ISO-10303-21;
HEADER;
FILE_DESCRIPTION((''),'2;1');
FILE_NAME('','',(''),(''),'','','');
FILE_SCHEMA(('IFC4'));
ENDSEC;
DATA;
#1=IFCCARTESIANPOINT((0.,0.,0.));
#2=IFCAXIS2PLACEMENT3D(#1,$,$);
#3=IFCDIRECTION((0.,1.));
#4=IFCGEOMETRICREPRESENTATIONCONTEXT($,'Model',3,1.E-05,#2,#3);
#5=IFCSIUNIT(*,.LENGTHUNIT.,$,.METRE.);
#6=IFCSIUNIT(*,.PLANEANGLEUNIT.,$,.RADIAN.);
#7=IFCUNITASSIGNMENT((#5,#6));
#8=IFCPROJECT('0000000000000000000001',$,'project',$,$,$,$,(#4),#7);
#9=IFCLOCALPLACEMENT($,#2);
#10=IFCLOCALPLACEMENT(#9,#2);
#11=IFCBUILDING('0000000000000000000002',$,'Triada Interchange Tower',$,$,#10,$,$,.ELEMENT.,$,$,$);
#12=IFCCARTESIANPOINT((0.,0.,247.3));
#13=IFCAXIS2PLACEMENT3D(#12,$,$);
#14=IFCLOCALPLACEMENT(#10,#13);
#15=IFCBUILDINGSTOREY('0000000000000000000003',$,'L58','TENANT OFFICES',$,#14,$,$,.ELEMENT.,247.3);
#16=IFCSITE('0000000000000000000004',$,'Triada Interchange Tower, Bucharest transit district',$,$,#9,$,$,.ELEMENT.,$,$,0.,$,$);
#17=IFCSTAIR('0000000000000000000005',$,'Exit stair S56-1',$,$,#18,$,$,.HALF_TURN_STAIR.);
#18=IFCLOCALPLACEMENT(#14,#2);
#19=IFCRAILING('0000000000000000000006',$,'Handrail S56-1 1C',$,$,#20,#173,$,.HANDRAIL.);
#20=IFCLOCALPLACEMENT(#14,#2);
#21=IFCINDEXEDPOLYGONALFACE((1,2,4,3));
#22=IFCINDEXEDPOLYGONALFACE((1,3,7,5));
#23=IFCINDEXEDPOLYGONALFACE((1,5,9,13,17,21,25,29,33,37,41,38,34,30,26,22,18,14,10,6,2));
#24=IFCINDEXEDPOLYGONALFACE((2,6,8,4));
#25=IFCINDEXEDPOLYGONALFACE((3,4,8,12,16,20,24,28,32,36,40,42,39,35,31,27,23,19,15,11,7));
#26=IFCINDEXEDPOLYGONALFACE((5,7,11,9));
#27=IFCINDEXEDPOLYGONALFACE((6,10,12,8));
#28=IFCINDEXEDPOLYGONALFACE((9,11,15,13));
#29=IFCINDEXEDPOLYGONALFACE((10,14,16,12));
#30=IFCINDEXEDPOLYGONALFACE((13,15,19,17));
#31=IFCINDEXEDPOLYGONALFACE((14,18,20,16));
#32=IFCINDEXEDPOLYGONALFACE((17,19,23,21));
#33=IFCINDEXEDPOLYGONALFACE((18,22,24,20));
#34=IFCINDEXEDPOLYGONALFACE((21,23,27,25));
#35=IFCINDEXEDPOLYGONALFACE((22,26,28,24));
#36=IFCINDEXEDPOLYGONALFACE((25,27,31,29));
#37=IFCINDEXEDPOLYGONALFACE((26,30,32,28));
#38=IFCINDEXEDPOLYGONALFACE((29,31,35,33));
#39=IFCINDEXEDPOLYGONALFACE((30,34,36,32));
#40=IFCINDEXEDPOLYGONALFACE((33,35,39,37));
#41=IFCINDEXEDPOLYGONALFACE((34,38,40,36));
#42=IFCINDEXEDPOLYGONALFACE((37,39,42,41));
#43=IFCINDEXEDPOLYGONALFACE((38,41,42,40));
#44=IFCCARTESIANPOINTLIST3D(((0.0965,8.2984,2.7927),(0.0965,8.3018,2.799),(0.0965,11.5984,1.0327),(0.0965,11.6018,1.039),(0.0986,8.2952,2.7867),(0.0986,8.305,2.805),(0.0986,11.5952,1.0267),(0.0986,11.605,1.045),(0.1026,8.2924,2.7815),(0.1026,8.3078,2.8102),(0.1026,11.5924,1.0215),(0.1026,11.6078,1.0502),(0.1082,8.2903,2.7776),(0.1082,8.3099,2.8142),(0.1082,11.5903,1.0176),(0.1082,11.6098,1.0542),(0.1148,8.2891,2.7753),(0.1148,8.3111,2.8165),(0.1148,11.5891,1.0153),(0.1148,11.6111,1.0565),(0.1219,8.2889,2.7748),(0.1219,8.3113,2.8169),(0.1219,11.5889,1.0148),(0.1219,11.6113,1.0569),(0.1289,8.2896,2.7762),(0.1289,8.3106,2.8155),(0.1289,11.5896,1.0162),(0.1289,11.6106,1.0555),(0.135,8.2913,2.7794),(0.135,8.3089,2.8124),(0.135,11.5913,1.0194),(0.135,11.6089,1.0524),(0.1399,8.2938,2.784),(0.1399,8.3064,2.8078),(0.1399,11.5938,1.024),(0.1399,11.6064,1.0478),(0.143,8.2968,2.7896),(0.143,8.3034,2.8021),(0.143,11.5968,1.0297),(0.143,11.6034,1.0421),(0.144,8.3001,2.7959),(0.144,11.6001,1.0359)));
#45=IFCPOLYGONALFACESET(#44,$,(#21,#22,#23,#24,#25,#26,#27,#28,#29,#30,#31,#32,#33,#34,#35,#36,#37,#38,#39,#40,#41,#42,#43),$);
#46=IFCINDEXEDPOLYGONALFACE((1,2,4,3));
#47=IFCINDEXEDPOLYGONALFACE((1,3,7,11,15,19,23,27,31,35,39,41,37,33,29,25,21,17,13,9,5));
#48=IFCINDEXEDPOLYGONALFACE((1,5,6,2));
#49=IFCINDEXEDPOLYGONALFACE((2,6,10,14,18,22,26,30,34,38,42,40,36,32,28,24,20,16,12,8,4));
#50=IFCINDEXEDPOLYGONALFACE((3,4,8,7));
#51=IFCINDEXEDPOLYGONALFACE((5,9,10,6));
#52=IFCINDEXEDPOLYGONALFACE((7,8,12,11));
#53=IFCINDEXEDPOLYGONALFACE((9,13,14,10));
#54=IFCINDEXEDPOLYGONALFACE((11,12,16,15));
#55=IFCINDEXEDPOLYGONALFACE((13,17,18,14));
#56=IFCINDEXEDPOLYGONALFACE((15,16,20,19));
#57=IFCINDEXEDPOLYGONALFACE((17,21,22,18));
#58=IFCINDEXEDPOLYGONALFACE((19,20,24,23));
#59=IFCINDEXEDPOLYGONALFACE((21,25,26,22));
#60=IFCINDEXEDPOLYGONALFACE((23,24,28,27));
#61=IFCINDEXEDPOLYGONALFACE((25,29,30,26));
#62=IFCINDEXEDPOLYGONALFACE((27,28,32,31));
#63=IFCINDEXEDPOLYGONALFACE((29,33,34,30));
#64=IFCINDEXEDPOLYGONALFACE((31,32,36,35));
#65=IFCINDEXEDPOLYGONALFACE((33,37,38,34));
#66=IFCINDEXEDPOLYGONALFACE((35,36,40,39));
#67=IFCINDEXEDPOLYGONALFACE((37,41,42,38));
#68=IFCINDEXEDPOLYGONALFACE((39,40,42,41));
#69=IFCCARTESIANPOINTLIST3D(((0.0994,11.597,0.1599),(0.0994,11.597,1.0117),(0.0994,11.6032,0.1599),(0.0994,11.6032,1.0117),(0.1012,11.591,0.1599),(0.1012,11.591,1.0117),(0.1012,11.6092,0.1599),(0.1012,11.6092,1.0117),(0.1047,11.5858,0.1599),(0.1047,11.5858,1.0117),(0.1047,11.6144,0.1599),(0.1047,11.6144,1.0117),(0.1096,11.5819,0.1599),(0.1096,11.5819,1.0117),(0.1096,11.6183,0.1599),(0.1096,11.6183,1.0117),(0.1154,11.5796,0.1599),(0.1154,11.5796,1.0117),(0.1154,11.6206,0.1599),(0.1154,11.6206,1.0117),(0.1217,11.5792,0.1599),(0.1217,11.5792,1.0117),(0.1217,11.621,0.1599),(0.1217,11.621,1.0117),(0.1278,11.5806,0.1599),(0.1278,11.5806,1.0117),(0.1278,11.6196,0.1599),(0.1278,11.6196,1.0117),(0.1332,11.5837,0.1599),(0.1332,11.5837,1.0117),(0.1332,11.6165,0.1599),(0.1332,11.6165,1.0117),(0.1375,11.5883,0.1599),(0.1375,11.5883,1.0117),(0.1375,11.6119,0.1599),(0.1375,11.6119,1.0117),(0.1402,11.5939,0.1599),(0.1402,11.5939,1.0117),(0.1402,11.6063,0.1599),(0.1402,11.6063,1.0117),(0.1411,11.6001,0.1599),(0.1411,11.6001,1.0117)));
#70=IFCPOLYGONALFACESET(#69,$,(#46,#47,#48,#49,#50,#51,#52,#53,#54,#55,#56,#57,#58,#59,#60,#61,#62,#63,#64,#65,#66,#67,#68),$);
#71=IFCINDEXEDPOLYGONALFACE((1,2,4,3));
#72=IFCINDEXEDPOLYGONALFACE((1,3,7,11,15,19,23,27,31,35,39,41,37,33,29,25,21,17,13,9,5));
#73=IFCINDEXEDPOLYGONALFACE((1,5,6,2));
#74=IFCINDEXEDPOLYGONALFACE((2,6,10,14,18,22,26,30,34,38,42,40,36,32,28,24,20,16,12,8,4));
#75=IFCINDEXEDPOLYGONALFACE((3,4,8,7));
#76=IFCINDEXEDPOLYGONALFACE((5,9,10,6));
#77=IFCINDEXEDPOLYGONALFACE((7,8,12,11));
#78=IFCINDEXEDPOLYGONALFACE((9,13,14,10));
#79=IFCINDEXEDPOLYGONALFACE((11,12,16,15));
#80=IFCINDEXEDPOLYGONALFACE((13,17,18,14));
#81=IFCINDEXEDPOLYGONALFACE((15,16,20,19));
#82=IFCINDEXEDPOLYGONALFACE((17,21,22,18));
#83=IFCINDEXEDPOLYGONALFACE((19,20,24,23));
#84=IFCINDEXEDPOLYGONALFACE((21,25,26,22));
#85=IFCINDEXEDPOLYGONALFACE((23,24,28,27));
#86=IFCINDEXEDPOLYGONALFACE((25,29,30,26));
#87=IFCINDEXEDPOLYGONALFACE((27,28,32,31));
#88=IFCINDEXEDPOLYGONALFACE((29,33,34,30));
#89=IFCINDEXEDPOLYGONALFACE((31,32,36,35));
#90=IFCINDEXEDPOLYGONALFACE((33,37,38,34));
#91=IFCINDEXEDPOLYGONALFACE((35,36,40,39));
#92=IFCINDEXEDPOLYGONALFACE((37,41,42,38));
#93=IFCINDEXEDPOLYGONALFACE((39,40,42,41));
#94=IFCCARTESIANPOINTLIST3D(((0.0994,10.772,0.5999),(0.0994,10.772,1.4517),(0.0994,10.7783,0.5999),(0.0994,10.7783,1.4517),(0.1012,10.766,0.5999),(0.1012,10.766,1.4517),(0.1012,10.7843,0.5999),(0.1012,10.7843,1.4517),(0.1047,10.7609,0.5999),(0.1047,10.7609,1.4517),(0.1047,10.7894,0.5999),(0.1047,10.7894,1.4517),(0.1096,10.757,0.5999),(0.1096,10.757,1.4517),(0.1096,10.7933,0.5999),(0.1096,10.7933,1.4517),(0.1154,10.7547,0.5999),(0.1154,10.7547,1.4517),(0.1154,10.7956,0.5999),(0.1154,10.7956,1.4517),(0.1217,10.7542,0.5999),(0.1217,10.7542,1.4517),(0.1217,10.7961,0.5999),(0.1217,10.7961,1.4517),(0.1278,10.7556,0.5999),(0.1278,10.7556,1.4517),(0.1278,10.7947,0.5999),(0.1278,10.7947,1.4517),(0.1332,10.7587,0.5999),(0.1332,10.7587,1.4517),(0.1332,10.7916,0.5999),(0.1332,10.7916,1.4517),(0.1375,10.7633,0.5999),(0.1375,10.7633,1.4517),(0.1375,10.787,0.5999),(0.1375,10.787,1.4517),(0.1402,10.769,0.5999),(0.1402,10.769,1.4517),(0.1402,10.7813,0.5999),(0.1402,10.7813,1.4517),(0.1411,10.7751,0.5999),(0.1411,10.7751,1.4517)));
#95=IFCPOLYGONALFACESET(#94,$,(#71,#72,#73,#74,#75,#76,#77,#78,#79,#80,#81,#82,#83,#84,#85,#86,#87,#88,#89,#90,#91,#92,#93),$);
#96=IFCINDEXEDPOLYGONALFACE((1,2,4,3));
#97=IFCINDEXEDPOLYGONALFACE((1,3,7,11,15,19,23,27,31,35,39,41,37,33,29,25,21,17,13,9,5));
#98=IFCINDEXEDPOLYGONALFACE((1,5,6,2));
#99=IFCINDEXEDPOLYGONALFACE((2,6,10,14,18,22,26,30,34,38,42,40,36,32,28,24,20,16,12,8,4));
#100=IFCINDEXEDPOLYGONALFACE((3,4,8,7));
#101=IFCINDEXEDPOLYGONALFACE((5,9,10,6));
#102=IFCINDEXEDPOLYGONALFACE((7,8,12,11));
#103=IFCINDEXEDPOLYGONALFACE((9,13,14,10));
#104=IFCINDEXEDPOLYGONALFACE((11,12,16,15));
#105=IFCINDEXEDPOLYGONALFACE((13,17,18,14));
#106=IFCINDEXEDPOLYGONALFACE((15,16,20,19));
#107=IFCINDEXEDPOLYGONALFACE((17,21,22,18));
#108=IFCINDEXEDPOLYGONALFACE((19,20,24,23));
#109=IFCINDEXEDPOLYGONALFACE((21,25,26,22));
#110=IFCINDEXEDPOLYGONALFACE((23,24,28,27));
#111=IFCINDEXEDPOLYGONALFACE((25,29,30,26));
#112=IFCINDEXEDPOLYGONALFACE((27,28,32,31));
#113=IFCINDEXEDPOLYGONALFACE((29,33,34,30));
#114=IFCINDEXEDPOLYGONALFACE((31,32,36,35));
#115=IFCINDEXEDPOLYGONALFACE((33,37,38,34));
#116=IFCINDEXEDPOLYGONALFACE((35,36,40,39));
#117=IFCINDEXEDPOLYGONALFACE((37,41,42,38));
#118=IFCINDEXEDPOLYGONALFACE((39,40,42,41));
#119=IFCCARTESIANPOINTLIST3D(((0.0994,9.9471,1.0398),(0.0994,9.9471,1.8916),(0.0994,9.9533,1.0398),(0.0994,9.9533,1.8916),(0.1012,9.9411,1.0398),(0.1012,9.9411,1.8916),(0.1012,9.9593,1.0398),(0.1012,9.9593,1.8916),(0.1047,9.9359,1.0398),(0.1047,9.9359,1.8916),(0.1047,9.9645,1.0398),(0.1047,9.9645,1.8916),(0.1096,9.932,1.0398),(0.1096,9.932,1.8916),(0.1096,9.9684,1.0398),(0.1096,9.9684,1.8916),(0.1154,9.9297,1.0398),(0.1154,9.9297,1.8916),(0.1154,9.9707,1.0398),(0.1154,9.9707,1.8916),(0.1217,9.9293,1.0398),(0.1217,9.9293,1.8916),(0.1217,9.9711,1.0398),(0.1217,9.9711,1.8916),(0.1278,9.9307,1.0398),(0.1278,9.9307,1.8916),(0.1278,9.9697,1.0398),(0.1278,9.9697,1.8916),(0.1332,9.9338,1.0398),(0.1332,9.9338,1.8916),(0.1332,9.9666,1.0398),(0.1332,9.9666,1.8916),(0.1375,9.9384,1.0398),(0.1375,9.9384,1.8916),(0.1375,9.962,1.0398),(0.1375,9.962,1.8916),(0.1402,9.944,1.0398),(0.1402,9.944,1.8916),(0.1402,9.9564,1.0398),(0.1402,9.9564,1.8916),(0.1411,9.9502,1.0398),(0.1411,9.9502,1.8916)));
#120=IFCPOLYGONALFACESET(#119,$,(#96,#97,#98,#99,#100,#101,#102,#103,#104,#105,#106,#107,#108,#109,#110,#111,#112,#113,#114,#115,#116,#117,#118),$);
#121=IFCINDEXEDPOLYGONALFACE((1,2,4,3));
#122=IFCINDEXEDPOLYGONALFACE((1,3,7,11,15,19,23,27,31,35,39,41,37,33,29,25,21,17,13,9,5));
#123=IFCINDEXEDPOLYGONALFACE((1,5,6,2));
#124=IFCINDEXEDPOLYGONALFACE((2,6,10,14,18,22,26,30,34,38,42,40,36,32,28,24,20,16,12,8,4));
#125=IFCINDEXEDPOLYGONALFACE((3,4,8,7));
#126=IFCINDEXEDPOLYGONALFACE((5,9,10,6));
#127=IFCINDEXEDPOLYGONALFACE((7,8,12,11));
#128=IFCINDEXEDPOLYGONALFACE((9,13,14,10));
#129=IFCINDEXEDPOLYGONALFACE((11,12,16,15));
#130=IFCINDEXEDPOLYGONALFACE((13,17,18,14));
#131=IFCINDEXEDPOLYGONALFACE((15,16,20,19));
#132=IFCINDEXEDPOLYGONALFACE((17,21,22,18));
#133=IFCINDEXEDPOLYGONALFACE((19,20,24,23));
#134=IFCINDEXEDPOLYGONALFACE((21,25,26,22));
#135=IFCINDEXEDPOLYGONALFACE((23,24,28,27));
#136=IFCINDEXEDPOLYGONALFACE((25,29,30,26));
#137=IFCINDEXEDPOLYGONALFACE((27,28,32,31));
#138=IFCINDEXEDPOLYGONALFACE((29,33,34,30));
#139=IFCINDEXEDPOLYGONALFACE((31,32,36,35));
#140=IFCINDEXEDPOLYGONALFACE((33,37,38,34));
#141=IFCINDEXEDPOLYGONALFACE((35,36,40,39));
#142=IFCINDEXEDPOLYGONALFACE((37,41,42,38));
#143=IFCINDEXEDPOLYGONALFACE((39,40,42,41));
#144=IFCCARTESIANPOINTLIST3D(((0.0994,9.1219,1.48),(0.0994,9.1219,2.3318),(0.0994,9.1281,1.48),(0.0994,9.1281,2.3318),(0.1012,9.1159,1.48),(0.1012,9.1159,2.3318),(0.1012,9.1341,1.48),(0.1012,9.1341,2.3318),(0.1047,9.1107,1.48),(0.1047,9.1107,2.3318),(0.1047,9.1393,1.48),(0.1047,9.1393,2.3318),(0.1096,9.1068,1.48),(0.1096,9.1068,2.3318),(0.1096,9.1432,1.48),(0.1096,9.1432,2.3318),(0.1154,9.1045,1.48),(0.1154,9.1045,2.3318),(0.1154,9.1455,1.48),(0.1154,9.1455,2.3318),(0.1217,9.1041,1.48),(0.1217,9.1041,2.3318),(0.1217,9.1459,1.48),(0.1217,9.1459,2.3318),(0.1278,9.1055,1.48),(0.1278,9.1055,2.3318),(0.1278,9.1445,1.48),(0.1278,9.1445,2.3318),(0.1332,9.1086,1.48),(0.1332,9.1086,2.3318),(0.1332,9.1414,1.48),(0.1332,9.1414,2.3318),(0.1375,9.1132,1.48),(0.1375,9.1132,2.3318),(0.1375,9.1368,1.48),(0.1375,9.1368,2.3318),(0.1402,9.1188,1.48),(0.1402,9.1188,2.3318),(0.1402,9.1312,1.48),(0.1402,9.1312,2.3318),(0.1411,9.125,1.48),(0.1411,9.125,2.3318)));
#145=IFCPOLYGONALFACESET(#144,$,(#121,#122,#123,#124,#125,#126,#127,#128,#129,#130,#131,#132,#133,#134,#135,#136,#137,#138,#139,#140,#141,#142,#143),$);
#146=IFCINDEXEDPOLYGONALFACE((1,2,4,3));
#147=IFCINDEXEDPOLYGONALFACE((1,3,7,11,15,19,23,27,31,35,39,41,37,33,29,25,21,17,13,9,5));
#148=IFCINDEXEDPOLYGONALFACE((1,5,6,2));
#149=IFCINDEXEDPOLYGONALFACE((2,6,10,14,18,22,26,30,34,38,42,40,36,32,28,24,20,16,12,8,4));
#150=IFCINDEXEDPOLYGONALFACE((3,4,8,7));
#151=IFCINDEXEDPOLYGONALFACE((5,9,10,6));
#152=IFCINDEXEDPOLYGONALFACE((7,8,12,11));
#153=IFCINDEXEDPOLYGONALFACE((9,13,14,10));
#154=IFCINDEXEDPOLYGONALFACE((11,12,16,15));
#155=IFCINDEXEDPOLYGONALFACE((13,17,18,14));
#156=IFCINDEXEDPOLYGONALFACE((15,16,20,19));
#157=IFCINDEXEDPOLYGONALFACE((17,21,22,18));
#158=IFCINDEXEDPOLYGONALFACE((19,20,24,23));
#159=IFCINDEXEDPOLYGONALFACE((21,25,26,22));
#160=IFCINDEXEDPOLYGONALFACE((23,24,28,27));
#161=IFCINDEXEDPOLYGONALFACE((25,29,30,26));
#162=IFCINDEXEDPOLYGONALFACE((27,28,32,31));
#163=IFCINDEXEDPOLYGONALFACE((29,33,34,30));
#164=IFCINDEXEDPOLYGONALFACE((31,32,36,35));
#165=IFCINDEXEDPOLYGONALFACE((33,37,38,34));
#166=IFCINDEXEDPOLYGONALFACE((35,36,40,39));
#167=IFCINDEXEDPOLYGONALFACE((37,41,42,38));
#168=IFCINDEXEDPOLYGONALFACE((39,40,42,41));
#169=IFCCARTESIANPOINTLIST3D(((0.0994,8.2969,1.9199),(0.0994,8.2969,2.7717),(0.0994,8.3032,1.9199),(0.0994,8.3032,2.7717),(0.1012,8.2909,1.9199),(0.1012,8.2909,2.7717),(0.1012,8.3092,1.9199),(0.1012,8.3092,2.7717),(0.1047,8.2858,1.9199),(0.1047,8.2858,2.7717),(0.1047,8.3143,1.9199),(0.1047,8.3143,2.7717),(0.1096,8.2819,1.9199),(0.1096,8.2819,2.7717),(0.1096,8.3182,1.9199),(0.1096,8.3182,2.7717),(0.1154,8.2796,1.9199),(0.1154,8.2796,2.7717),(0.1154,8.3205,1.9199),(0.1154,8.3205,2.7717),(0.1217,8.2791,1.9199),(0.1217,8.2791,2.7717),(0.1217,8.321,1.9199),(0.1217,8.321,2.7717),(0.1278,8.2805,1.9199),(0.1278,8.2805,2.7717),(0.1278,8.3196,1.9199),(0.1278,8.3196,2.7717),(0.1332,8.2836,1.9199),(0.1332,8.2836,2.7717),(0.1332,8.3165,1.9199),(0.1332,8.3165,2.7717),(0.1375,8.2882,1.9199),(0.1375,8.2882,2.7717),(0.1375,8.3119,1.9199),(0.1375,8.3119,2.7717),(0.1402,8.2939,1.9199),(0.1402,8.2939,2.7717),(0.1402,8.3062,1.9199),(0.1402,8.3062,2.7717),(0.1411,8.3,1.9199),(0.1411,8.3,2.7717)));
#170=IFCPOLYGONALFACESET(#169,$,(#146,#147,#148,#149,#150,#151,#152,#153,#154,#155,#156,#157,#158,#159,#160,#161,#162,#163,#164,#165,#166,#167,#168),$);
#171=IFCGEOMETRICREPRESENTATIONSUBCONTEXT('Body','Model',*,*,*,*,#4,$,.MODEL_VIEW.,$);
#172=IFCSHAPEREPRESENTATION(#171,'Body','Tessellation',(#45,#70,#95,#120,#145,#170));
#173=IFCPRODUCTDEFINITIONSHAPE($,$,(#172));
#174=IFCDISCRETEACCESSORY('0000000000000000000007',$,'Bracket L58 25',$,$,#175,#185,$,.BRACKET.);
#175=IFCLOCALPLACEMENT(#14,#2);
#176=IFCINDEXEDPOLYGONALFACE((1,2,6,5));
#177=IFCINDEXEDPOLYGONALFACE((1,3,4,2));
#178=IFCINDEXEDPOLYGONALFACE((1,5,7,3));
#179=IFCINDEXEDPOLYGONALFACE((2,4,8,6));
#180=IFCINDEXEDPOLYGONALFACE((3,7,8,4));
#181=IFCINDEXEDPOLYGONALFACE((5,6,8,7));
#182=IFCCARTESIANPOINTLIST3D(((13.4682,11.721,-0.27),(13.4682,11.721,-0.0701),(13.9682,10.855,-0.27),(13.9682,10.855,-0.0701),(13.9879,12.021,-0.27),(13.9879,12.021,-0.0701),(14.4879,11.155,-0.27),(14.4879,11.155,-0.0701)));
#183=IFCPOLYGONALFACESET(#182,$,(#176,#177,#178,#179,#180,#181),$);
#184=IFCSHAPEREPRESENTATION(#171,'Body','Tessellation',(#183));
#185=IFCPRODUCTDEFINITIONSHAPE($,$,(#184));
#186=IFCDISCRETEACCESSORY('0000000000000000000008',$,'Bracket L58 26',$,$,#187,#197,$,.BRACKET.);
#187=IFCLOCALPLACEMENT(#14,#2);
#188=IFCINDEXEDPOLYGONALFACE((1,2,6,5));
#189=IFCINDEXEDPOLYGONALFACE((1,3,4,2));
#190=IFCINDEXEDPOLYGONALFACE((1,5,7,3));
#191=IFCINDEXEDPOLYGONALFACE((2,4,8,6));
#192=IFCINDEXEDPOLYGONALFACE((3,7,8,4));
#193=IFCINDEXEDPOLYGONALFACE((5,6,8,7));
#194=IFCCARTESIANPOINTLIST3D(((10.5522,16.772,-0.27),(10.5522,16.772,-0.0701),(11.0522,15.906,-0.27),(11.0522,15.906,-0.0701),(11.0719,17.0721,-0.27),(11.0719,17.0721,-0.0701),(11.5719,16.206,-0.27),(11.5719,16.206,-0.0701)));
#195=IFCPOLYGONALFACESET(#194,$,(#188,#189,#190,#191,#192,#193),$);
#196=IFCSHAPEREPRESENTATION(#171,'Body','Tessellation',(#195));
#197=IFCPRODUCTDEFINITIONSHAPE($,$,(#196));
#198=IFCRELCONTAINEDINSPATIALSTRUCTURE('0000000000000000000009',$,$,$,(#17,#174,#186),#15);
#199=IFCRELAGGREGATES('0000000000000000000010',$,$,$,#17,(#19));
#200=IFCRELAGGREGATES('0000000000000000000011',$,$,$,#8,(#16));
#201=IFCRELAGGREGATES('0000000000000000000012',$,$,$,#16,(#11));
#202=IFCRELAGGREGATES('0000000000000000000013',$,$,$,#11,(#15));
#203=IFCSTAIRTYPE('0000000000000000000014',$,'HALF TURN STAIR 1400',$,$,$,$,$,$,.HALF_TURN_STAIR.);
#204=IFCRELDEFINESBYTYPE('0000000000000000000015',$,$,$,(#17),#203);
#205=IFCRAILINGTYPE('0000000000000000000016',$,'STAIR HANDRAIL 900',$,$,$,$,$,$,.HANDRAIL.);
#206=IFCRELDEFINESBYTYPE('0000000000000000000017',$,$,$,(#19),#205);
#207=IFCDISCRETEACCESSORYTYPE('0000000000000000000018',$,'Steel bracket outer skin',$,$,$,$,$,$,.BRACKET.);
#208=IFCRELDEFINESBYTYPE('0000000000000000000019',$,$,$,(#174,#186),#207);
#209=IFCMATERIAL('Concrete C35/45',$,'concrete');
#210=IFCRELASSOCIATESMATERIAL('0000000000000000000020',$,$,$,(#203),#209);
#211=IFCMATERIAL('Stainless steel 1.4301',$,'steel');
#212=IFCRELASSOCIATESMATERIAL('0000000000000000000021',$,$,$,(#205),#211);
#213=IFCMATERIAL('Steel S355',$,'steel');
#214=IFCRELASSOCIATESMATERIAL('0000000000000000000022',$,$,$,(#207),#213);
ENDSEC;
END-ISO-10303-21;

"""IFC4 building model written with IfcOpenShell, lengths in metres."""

from ifc_helpers import new_model, si_unit, direction, frame, origin, origin_2d, place, context, subcontext, project, spatial, rectangle, circle, extrude, material, type_object, element, aggregate, save


model = new_model("IFC4")

# Units and contexts
model_context = context("Model", 3, precision=1e-05, world=origin(), true_north=direction((0.0, 1.0)))
body_context = subcontext(model_context, "Body", "Model", "MODEL_VIEW")
ifc_project = project(units=[si_unit("LENGTHUNIT", "METRE"), si_unit("PLANEANGLEUNIT", "RADIAN")], contexts=[model_context])

# Site, building, storey
site_placement = place(None, origin())
site = spatial("IfcSite", under=ifc_project, at=site_placement, Name="Triada Interchange Tower, Bucharest transit district", CompositionType="ELEMENT", RefElevation=0.0)
building_placement = place(site_placement, origin())
building = spatial("IfcBuilding", under=site, at=building_placement, Name="Triada Interchange Tower", CompositionType="ELEMENT")
storey_placement = place(building_placement, frame((0.0, 0.0, 247.3)))
storey = spatial("IfcBuildingStorey", under=building, at=storey_placement, Name="L58", Description="TENANT OFFICES", CompositionType="ELEMENT", Elevation=247.3)

# Stair
ifc_material_1 = material(Name="Concrete C35/45", Category="concrete")
stair_type = type_object("IfcStairType", Name="HALF TURN STAIR 1400", PredefinedType="HALF_TURN_STAIR", material=ifc_material_1)
stair_placement = place(storey_placement, origin())
stair = element("IfcStair", 1, at=stair_placement, inside=storey, type_object=stair_type, Name="Exit stair S56-1", PredefinedType="HALF_TURN_STAIR")

# Railing
ifc_material_2 = material(Name="Stainless steel 1.4301", Category="steel")
railing_type = type_object("IfcRailingType", Name="STAIR HANDRAIL 900", PredefinedType="HANDRAIL", material=ifc_material_2)
railing_1_placement = place(storey_placement, frame((0.1201, 11.6001, 0.1599)))
railing_1 = element("IfcRailing", 2, at=railing_1_placement, type_object=railing_type, Name="Handrail S56-1 1C", PredefinedType="HANDRAIL", context=body_context, shape_type="SweptSolid", body=[
    extrude(circle(Radius=0.0239, at=origin_2d()), frame((0.0, 0.0, 0.876), z_axis=(0.0, -0.882355, 0.470585), x_axis=(1.0, 0.0, 0.0)), (0.0, 0.0, 1.0), 3.74),
    extrude(circle(Radius=0.021, at=origin_2d()), origin(), (0.0, 0.0, 1.0), 0.8518),
    extrude(circle(Radius=0.021, at=origin_2d()), frame((0.0, -0.825, 0.4399)), (0.0, 0.0, 1.0), 0.8518),
    extrude(circle(Radius=0.021, at=origin_2d()), frame((0.0, -1.6499, 0.8799)), (0.0, 0.0, 1.0), 0.8518),
    extrude(circle(Radius=0.021, at=origin_2d()), frame((0.0, -2.4751, 1.3201)), (0.0, 0.0, 1.0), 0.8518),
    extrude(circle(Radius=0.021, at=origin_2d()), frame((0.0, -3.3, 1.76)), (0.0, 0.0, 1.0), 0.8518),
])
aggregate(stair, [railing_1])

# Discrete accessories
ifc_material_3 = material(Name="Steel S355", Category="steel")
discrete_accessory_type = type_object("IfcDiscreteAccessoryType", Name="Steel bracket outer skin", PredefinedType="BRACKET", material=ifc_material_3)
for number, where, z_axis, x_axis, name in (
    (3, (13.978, 11.438, -0.27), (0.0, 0.0, 1.0), (0.86603, 0.499991, 0.0), "Bracket L58 25"),
    (4, (11.062, 16.489, -0.27), (0.0, 0.0, 1.0), (0.86603, 0.499991, 0.0), "Bracket L58 26"),
):
    element("IfcDiscreteAccessory", number, at=place(storey_placement, frame(where, z_axis=z_axis, x_axis=x_axis)), inside=storey, type_object=discrete_accessory_type, Name=name, PredefinedType="BRACKET", context=body_context, shape_type="SweptSolid", body=[
        extrude(rectangle(XDim=0.6001, YDim=1.0, at=origin_2d()), origin(), (0.0, 0.0, 1.0), 0.2),
    ])

save(model, "model.ifc")
